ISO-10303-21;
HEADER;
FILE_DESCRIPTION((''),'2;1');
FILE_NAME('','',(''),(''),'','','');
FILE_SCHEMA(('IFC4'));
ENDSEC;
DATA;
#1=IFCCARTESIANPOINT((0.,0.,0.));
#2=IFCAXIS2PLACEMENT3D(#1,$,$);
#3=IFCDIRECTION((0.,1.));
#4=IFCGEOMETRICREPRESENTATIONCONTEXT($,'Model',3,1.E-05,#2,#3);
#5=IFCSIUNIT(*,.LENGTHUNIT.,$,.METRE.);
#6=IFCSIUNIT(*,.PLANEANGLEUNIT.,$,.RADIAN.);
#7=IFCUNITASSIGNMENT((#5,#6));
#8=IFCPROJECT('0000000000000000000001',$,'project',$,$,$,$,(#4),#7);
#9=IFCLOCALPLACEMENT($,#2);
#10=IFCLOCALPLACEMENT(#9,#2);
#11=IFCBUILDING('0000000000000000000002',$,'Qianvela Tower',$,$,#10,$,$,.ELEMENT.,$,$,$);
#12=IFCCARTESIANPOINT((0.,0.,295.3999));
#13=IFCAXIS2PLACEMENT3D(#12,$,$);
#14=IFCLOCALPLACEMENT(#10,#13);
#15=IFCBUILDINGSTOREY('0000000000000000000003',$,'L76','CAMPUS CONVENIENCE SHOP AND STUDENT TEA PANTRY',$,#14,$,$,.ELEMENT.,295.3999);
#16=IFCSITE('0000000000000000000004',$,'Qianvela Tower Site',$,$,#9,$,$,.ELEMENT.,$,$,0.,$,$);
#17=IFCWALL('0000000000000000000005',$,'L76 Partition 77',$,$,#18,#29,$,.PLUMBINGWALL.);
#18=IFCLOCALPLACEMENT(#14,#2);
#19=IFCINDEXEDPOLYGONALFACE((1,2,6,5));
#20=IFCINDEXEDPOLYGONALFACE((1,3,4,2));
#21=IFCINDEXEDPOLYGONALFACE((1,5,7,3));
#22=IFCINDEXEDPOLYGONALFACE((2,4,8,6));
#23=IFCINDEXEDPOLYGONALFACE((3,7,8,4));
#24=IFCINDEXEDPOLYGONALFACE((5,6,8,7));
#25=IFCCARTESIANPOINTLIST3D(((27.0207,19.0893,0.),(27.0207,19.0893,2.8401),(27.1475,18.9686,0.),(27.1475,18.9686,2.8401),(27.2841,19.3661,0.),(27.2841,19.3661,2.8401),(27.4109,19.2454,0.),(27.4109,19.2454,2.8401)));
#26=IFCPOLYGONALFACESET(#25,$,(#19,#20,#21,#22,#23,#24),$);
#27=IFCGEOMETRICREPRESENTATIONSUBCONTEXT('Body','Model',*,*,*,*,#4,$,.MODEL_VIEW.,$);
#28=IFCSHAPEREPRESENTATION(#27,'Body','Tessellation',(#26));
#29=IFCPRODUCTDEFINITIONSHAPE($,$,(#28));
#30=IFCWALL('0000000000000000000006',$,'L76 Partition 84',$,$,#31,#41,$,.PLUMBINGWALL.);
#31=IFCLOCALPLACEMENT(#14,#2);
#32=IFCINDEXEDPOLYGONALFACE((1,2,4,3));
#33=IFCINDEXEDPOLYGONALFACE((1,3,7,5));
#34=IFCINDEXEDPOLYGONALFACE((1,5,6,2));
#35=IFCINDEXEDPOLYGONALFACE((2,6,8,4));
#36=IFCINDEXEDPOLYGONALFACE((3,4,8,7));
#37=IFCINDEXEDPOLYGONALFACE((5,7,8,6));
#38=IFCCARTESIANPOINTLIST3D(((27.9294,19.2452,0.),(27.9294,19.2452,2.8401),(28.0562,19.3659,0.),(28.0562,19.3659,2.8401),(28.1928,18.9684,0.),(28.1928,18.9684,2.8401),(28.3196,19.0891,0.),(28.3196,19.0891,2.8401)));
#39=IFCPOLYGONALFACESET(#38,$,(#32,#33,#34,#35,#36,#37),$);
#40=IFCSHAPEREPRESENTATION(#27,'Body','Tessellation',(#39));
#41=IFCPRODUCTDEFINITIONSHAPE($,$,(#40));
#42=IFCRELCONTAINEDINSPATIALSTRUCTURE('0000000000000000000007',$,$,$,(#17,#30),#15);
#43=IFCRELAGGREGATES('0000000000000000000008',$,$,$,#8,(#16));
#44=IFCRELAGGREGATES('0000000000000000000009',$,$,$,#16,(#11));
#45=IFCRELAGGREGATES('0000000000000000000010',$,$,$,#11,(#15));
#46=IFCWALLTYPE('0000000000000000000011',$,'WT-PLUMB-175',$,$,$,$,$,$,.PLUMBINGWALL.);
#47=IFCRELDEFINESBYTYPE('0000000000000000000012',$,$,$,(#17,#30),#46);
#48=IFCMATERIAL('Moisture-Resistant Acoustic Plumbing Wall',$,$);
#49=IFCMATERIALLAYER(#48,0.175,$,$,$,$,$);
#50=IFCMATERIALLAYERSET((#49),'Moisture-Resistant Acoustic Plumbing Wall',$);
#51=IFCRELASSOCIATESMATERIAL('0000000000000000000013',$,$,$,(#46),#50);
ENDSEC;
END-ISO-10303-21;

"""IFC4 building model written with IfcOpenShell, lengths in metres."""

from ifc_helpers import new_model, si_unit, direction, frame, frame_2d, origin, place, context, subcontext, project, spatial, rectangle, extrude, material, layer, layer_set, type_object, element, save


model = new_model("IFC4")

# Units and contexts
model_context = context("Model", 3, precision=1e-05, world=origin(), true_north=direction((0.0, 1.0)))
body_context = subcontext(model_context, "Body", "Model", "MODEL_VIEW")
ifc_project = project(units=[si_unit("LENGTHUNIT", "METRE"), si_unit("PLANEANGLEUNIT", "RADIAN")], contexts=[model_context])

# Site, building, storey
site_placement = place(None, origin())
site = spatial("IfcSite", under=ifc_project, at=site_placement, Name="Qianvela Tower Site", CompositionType="ELEMENT", RefElevation=0.0)
building_placement = place(site_placement, origin())
building = spatial("IfcBuilding", under=site, at=building_placement, Name="Qianvela Tower", CompositionType="ELEMENT")
storey_placement = place(building_placement, frame((0.0, 0.0, 295.3999)))
storey = spatial("IfcBuildingStorey", under=building, at=storey_placement, Name="L76", Description="CAMPUS CONVENIENCE SHOP AND STUDENT TEA PANTRY", CompositionType="ELEMENT", Elevation=295.3999)

# Walls
ifc_material_1 = material(Name="Moisture-Resistant Acoustic Plumbing Wall")
ifc_layer_1 = layer(ifc_material_1, 0.175)
ifc_layer_set_1 = layer_set([ifc_layer_1], Name="Moisture-Resistant Acoustic Plumbing Wall")
wall_type_1 = type_object("IfcWallType", Name="WT-PLUMB-175", PredefinedType="PLUMBINGWALL", material=ifc_layer_set_1)
for number, where, z_axis, x_axis, name in (
    (1, (27.3474, 19.3057, 0.0), (0.0, 0.0, 1.0), (-0.68932, -0.724457, 0.0), "L76 Partition 77"),
    (2, (28.2561, 19.0288, 0.0), (0.0, 0.0, 1.0), (-0.68932, 0.724457, 0.0), "L76 Partition 84"),
):
    element("IfcWall", number, at=place(storey_placement, frame(where, z_axis=z_axis, x_axis=x_axis)), inside=storey, type_object=wall_type_1, Name=name, PredefinedType="PLUMBINGWALL", context=body_context, shape_type="SweptSolid", body=[
        extrude(rectangle(XDim=0.3821, YDim=0.175, at=frame_2d((0.1909, 0.0))), origin(), (0.0, 0.0, 1.0), 2.8401),
    ])

save(model, "model.ifc")
